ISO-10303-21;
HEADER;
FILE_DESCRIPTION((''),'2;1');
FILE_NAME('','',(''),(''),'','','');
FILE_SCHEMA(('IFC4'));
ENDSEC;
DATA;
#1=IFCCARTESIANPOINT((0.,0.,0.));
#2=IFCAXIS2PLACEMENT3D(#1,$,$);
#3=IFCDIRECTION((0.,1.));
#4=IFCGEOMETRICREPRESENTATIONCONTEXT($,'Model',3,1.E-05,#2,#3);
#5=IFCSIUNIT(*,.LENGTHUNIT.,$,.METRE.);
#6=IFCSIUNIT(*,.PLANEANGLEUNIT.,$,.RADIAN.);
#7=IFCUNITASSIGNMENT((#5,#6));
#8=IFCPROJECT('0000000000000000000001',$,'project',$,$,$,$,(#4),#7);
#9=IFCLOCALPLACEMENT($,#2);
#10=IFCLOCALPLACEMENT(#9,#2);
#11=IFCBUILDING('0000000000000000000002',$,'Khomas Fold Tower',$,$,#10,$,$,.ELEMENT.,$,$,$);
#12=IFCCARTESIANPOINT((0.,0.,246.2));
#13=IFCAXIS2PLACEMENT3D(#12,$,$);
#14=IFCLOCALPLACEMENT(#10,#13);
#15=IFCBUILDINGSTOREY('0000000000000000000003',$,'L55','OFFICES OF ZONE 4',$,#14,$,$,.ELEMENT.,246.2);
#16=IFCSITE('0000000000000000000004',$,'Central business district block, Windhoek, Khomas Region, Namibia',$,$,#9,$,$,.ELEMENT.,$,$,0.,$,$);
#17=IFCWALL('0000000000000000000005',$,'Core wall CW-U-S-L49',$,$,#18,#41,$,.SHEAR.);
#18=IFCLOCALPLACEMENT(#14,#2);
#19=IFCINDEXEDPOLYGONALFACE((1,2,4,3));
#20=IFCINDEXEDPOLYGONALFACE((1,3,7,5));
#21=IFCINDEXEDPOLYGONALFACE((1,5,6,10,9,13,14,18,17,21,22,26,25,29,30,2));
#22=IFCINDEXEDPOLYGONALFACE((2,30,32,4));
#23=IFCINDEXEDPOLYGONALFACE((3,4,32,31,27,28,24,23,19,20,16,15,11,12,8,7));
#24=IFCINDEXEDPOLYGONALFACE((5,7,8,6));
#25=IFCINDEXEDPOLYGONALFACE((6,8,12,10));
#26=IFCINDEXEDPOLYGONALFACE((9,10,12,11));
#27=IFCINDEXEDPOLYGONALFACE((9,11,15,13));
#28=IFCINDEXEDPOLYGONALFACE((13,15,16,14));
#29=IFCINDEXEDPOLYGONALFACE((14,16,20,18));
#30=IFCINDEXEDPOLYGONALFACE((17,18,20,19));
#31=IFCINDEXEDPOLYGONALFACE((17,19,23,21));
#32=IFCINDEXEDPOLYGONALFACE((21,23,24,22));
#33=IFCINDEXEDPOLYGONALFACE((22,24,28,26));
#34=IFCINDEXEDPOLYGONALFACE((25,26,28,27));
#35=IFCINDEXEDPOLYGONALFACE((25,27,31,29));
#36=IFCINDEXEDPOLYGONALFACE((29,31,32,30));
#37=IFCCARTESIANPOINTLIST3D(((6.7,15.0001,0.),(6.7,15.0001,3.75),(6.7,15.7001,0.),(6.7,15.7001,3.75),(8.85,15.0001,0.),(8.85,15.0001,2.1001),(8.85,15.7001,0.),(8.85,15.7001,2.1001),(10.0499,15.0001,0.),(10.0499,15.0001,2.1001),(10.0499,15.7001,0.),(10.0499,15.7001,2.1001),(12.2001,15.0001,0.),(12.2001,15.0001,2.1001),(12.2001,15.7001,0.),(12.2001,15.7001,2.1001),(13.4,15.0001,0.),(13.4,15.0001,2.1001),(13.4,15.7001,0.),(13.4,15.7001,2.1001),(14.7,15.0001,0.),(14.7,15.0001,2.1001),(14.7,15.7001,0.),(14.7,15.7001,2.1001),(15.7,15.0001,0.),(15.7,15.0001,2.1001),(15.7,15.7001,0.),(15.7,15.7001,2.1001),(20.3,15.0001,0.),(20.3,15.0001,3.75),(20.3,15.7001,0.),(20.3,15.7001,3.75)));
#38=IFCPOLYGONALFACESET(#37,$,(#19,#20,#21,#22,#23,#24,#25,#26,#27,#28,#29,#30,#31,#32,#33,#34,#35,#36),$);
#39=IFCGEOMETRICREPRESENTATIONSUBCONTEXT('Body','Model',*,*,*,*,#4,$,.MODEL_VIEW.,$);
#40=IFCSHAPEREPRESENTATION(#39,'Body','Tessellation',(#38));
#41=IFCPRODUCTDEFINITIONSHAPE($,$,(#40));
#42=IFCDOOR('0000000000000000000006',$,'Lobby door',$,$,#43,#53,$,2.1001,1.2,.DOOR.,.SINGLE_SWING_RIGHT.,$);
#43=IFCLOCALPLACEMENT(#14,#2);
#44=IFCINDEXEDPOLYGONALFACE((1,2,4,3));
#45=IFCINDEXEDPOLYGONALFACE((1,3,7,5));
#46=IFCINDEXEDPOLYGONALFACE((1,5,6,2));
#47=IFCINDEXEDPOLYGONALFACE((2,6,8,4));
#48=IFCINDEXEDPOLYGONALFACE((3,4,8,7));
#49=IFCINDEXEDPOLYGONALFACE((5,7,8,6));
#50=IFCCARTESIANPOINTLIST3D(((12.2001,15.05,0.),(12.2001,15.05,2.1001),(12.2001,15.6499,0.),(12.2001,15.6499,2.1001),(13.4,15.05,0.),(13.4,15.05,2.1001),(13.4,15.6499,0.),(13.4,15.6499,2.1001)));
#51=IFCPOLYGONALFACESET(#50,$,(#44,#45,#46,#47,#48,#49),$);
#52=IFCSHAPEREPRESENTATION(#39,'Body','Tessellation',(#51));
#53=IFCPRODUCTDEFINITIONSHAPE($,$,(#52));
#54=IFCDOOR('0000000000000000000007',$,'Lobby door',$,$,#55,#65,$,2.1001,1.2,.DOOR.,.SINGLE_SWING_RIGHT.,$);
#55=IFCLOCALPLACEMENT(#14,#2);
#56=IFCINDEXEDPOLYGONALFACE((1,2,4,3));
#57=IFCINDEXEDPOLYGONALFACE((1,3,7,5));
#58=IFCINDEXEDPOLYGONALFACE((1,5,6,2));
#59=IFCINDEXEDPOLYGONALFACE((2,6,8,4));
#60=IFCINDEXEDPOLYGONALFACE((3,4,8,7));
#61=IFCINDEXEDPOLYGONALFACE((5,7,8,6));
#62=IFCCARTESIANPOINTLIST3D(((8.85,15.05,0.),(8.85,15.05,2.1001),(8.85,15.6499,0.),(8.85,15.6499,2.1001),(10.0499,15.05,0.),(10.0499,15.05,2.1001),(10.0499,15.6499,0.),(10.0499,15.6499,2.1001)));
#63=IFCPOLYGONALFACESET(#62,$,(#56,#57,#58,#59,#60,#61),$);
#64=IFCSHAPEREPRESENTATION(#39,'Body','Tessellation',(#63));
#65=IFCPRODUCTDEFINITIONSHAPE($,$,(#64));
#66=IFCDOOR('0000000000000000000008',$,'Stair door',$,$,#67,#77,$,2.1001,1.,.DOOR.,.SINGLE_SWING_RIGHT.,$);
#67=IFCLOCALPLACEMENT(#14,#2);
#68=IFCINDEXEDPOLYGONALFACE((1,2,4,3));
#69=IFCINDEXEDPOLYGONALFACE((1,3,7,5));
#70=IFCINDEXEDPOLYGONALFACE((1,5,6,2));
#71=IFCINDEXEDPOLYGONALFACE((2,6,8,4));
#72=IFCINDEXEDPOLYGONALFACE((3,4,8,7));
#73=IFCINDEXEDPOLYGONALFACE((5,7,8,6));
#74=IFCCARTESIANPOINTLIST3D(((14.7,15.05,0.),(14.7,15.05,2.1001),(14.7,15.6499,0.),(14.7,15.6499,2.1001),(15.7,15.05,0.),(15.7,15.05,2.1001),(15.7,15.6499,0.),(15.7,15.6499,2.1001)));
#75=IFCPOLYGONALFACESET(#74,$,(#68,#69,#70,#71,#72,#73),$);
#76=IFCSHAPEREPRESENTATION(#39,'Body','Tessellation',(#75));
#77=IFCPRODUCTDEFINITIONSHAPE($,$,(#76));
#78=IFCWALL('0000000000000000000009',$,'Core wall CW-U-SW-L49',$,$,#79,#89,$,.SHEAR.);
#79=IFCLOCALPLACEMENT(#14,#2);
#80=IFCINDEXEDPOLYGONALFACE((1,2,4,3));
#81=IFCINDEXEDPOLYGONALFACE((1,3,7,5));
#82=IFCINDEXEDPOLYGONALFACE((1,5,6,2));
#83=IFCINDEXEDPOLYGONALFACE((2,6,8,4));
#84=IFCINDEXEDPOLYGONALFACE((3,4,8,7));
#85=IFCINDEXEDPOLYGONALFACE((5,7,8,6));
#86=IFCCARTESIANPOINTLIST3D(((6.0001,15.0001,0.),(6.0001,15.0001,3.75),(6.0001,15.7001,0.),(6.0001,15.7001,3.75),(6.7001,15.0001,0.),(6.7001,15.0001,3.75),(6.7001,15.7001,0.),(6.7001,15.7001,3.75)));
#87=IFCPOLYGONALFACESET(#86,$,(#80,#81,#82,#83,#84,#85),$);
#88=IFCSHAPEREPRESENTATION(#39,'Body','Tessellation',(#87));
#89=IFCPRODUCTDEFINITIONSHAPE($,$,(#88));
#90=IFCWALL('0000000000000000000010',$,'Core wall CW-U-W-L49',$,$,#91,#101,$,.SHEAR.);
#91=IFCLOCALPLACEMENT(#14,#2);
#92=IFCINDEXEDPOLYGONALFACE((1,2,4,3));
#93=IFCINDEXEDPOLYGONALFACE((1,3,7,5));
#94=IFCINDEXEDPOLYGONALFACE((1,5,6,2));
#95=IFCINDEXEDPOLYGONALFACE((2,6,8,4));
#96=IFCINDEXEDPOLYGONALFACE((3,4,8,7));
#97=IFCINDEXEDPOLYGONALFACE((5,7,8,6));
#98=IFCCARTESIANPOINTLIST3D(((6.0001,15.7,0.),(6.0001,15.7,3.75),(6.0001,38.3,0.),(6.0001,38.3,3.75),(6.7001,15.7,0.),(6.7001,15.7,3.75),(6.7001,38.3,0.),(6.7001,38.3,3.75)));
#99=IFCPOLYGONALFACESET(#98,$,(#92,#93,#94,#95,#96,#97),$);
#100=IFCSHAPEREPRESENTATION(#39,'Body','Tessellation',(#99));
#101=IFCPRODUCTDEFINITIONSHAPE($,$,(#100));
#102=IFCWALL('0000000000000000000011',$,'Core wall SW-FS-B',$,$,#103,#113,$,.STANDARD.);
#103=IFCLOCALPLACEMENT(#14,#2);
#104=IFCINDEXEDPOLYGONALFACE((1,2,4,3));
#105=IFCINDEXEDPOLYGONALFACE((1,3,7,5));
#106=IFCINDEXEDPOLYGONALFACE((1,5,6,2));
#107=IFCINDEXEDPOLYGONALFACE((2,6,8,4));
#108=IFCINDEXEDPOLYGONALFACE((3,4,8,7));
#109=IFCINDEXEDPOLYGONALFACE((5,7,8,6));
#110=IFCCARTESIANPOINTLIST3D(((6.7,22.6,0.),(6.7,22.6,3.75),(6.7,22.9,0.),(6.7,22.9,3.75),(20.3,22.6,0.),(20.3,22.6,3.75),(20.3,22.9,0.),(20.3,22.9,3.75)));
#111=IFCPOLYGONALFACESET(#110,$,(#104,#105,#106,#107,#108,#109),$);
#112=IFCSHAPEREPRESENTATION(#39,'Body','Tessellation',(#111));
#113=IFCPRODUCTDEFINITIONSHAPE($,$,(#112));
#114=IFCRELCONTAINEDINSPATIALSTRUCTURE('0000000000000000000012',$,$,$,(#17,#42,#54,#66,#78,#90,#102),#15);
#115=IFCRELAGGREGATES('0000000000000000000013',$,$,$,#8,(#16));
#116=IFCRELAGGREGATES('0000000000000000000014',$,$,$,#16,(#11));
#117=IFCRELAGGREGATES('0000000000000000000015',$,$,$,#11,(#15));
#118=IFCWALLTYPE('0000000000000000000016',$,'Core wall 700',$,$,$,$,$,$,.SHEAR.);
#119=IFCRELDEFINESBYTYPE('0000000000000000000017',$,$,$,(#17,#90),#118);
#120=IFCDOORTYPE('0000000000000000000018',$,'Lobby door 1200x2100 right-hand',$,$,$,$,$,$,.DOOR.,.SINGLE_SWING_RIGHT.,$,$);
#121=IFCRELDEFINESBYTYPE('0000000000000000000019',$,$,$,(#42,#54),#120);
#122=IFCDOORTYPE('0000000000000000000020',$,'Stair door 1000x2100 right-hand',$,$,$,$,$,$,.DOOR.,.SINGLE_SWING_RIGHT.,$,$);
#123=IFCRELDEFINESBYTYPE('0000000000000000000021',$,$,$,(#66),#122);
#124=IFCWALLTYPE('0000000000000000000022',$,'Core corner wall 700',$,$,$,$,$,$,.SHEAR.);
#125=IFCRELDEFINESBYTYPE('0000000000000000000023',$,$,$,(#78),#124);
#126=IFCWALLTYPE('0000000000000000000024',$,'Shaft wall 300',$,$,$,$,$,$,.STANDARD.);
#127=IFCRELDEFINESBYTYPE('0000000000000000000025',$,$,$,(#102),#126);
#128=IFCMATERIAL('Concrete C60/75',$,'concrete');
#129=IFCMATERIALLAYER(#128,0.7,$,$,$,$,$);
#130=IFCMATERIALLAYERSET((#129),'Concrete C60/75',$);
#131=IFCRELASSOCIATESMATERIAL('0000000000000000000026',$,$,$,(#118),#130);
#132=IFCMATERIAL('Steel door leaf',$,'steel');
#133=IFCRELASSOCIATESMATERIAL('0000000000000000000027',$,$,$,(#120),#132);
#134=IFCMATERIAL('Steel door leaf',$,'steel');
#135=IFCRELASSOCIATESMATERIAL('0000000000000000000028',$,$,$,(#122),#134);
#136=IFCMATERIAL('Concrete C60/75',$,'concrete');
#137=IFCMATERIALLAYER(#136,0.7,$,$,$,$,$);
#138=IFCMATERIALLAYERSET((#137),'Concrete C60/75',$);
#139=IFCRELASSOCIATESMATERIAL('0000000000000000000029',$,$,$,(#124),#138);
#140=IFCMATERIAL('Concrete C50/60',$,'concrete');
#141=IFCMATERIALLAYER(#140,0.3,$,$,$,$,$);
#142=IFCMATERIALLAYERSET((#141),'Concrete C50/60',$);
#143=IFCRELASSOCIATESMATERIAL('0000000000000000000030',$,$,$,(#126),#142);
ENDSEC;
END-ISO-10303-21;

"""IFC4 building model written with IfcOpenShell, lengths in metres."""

from ifc_helpers import new_model, si_unit, direction, frame, frame_2d, origin, place, context, subcontext, project, spatial, rectangle, extrude, source, transform, mapped, material, layer, layer_set, type_object, element, fill, save


model = new_model("IFC4")

# Units and contexts
model_context = context("Model", 3, precision=1e-05, world=origin(), true_north=direction((0.0, 1.0)))
body_context = subcontext(model_context, "Body", "Model", "MODEL_VIEW")
ifc_project = project(units=[si_unit("LENGTHUNIT", "METRE"), si_unit("PLANEANGLEUNIT", "RADIAN")], contexts=[model_context])

# Site, building, storey
site_placement = place(None, origin())
site = spatial("IfcSite", under=ifc_project, at=site_placement, Name="Central business district block, Windhoek, Khomas Region, Namibia", CompositionType="ELEMENT", RefElevation=0.0)
building_placement = place(site_placement, origin())
building = spatial("IfcBuilding", under=site, at=building_placement, Name="Khomas Fold Tower", CompositionType="ELEMENT")
storey_placement = place(building_placement, frame((0.0, 0.0, 246.2)))
storey = spatial("IfcBuildingStorey", under=building, at=storey_placement, Name="L55", Description="OFFICES OF ZONE 4", CompositionType="ELEMENT", Elevation=246.2)

# Wall, openings, doors
ifc_material_1 = material(Name="Concrete C60/75", Category="concrete")
ifc_layer_1 = layer(ifc_material_1, 0.7)
ifc_layer_set_1 = layer_set([ifc_layer_1], Name="Concrete C60/75")
wall_type_1 = type_object("IfcWallType", Name="Core wall 700", PredefinedType="SHEAR", material=ifc_layer_set_1)
shared_shape_1 = source(origin(), body_context, "Body", "SweptSolid", [
    extrude(rectangle(XDim=13.6001, YDim=0.7, at=frame_2d((6.8, 0.0))), origin(), (0.0, 0.0, 1.0), 3.75),
])
wall_1_placement = place(storey_placement, frame((6.7, 15.3501, 0.0), z_axis=(0.0, 0.0, 1.0), x_axis=(1.0, 0.0, 0.0)))
wall_1 = element("IfcWall", 1, at=wall_1_placement, inside=storey, type_object=wall_type_1, Name="Core wall CW-U-S-L49", PredefinedType="SHEAR", context=body_context, shape_type="MappedRepresentation", body=[
    mapped(shared_shape_1, transform((0.0, 0.0, 0.0))),
])
shared_shape_2 = source(origin(), body_context, "Body", "SweptSolid", [
    extrude(rectangle(XDim=1.2, YDim=2.1001, at=frame_2d((0.6001, 1.05))), frame((0.0, 0.3599, 0.0), z_axis=(0.0, -1.0, 0.0), x_axis=(1.0, 0.0, 0.0)), (0.0, 0.0, 1.0), 0.72),
])
opening_1_placement = place(wall_1_placement, frame((5.5, 0.0, 0.0)))
opening_1 = element("IfcOpeningElement", 2, at=opening_1_placement, cuts=wall_1, PredefinedType="OPENING", context=body_context, shape_type="MappedRepresentation", body=[
    mapped(shared_shape_2, transform((0.0, 0.0, 0.0))),
])
opening_2_placement = place(wall_1_placement, frame((2.1499, 0.0, 0.0)))
opening_2 = element("IfcOpeningElement", 3, at=opening_2_placement, cuts=wall_1, PredefinedType="OPENING", context=body_context, shape_type="MappedRepresentation", body=[
    mapped(shared_shape_2, transform((0.0, 0.0, 0.0))),
])
shared_shape_3 = source(origin(), body_context, "Body", "SweptSolid", [
    extrude(rectangle(XDim=1.0, YDim=2.1001, at=frame_2d((0.5, 1.05))), frame((0.0, 0.3599, 0.0), z_axis=(0.0, -1.0, 0.0), x_axis=(1.0, 0.0, 0.0)), (0.0, 0.0, 1.0), 0.72),
])
opening_3_placement = place(wall_1_placement, frame((8.0, 0.0, 0.0)))
opening_3 = element("IfcOpeningElement", 4, at=opening_3_placement, cuts=wall_1, PredefinedType="OPENING", context=body_context, shape_type="MappedRepresentation", body=[
    mapped(shared_shape_3, transform((0.0, 0.0, 0.0))),
])
ifc_material_2 = material(Name="Steel door leaf", Category="steel")
door_type_1 = type_object("IfcDoorType", Name="Lobby door 1200x2100 right-hand", OperationType="SINGLE_SWING_RIGHT", PredefinedType="DOOR", material=ifc_material_2)
shared_shape_4 = source(origin(), body_context, "Body", "SweptSolid", [
    extrude(rectangle(XDim=1.2, YDim=2.1001, at=frame_2d((0.6001, 1.05))), frame((0.0, 0.2998, 0.0), z_axis=(0.0, -1.0, 0.0), x_axis=(1.0, 0.0, 0.0)), (0.0, 0.0, 1.0), 0.5999),
])
door_1_placement = place(opening_1_placement, origin())
door_1 = element("IfcDoor", 5, at=door_1_placement, inside=storey, type_object=door_type_1, Name="Lobby door", OperationType="SINGLE_SWING_RIGHT", OverallHeight=2.1001, OverallWidth=1.2, PredefinedType="DOOR", context=body_context, shape_type="MappedRepresentation", body=[
    mapped(shared_shape_4, transform((0.0, 0.0, 0.0))),
])
fill(opening_1, door_1)
door_2_placement = place(opening_2_placement, origin())
door_2 = element("IfcDoor", 6, at=door_2_placement, inside=storey, type_object=door_type_1, Name="Lobby door", OperationType="SINGLE_SWING_RIGHT", OverallHeight=2.1001, OverallWidth=1.2, PredefinedType="DOOR", context=body_context, shape_type="MappedRepresentation", body=[
    mapped(shared_shape_4, transform((0.0, 0.0, 0.0))),
])
fill(opening_2, door_2)
ifc_material_3 = material(Name="Steel door leaf", Category="steel")
door_type_2 = type_object("IfcDoorType", Name="Stair door 1000x2100 right-hand", OperationType="SINGLE_SWING_RIGHT", PredefinedType="DOOR", material=ifc_material_3)
shared_shape_5 = source(origin(), body_context, "Body", "SweptSolid", [
    extrude(rectangle(XDim=1.0, YDim=2.1001, at=frame_2d((0.5, 1.05))), frame((0.0, 0.2998, 0.0), z_axis=(0.0, -1.0, 0.0), x_axis=(1.0, 0.0, 0.0)), (0.0, 0.0, 1.0), 0.5999),
])
door_3_placement = place(opening_3_placement, origin())
door_3 = element("IfcDoor", 7, at=door_3_placement, inside=storey, type_object=door_type_2, Name="Stair door", OperationType="SINGLE_SWING_RIGHT", OverallHeight=2.1001, OverallWidth=1.0, PredefinedType="DOOR", context=body_context, shape_type="MappedRepresentation", body=[
    mapped(shared_shape_5, transform((0.0, 0.0, 0.0))),
])
fill(opening_3, door_3)

# Walls
ifc_material_4 = material(Name="Concrete C60/75", Category="concrete")
ifc_layer_2 = layer(ifc_material_4, 0.7)
ifc_layer_set_2 = layer_set([ifc_layer_2], Name="Concrete C60/75")
wall_type_2 = type_object("IfcWallType", Name="Core corner wall 700", PredefinedType="SHEAR", material=ifc_layer_set_2)
shared_shape_6 = source(origin(), body_context, "Body", "SweptSolid", [
    extrude(rectangle(XDim=0.7, YDim=0.7, at=frame_2d((0.3501, 0.0))), origin(), (0.0, 0.0, 1.0), 3.75),
])
wall_2_placement = place(storey_placement, frame((6.0, 15.3501, 0.0), z_axis=(0.0, 0.0, 1.0), x_axis=(1.0, 0.0, 0.0)))
element("IfcWall", 8, at=wall_2_placement, inside=storey, type_object=wall_type_2, Name="Core wall CW-U-SW-L49", PredefinedType="SHEAR", context=body_context, shape_type="MappedRepresentation", body=[
    mapped(shared_shape_6, transform((0.0, 0.0, 0.0))),
])
shared_shape_7 = source(origin(), body_context, "Body", "SweptSolid", [
    extrude(rectangle(XDim=22.6001, YDim=0.7, at=frame_2d((11.3, 0.0))), origin(), (0.0, 0.0, 1.0), 3.75),
])
wall_3_placement = place(storey_placement, frame((6.3501, 15.7, 0.0), z_axis=(0.0, 0.0, 1.0), x_axis=(0.0, 1.0, 0.0)))
element("IfcWall", 9, at=wall_3_placement, inside=storey, type_object=wall_type_1, Name="Core wall CW-U-W-L49", PredefinedType="SHEAR", context=body_context, shape_type="MappedRepresentation", body=[
    mapped(shared_shape_7, transform((0.0, 0.0, 0.0))),
])
ifc_material_5 = material(Name="Concrete C50/60", Category="concrete")
ifc_layer_3 = layer(ifc_material_5, 0.3)
ifc_layer_set_3 = layer_set([ifc_layer_3], Name="Concrete C50/60")
wall_type_3 = type_object("IfcWallType", Name="Shaft wall 300", PredefinedType="STANDARD", material=ifc_layer_set_3)
shared_shape_8 = source(origin(), body_context, "Body", "SweptSolid", [
    extrude(rectangle(XDim=13.6001, YDim=0.3, at=frame_2d((6.8, 0.0))), origin(), (0.0, 0.0, 1.0), 3.75),
])
wall_4_placement = place(storey_placement, frame((6.7, 22.75, 0.0), z_axis=(0.0, 0.0, 1.0), x_axis=(1.0, 0.0, 0.0)))
element("IfcWall", 10, at=wall_4_placement, inside=storey, type_object=wall_type_3, Name="Core wall SW-FS-B", PredefinedType="STANDARD", context=body_context, shape_type="MappedRepresentation", body=[
    mapped(shared_shape_8, transform((0.0, 0.0, 0.0))),
])

save(model, "model.ifc")
